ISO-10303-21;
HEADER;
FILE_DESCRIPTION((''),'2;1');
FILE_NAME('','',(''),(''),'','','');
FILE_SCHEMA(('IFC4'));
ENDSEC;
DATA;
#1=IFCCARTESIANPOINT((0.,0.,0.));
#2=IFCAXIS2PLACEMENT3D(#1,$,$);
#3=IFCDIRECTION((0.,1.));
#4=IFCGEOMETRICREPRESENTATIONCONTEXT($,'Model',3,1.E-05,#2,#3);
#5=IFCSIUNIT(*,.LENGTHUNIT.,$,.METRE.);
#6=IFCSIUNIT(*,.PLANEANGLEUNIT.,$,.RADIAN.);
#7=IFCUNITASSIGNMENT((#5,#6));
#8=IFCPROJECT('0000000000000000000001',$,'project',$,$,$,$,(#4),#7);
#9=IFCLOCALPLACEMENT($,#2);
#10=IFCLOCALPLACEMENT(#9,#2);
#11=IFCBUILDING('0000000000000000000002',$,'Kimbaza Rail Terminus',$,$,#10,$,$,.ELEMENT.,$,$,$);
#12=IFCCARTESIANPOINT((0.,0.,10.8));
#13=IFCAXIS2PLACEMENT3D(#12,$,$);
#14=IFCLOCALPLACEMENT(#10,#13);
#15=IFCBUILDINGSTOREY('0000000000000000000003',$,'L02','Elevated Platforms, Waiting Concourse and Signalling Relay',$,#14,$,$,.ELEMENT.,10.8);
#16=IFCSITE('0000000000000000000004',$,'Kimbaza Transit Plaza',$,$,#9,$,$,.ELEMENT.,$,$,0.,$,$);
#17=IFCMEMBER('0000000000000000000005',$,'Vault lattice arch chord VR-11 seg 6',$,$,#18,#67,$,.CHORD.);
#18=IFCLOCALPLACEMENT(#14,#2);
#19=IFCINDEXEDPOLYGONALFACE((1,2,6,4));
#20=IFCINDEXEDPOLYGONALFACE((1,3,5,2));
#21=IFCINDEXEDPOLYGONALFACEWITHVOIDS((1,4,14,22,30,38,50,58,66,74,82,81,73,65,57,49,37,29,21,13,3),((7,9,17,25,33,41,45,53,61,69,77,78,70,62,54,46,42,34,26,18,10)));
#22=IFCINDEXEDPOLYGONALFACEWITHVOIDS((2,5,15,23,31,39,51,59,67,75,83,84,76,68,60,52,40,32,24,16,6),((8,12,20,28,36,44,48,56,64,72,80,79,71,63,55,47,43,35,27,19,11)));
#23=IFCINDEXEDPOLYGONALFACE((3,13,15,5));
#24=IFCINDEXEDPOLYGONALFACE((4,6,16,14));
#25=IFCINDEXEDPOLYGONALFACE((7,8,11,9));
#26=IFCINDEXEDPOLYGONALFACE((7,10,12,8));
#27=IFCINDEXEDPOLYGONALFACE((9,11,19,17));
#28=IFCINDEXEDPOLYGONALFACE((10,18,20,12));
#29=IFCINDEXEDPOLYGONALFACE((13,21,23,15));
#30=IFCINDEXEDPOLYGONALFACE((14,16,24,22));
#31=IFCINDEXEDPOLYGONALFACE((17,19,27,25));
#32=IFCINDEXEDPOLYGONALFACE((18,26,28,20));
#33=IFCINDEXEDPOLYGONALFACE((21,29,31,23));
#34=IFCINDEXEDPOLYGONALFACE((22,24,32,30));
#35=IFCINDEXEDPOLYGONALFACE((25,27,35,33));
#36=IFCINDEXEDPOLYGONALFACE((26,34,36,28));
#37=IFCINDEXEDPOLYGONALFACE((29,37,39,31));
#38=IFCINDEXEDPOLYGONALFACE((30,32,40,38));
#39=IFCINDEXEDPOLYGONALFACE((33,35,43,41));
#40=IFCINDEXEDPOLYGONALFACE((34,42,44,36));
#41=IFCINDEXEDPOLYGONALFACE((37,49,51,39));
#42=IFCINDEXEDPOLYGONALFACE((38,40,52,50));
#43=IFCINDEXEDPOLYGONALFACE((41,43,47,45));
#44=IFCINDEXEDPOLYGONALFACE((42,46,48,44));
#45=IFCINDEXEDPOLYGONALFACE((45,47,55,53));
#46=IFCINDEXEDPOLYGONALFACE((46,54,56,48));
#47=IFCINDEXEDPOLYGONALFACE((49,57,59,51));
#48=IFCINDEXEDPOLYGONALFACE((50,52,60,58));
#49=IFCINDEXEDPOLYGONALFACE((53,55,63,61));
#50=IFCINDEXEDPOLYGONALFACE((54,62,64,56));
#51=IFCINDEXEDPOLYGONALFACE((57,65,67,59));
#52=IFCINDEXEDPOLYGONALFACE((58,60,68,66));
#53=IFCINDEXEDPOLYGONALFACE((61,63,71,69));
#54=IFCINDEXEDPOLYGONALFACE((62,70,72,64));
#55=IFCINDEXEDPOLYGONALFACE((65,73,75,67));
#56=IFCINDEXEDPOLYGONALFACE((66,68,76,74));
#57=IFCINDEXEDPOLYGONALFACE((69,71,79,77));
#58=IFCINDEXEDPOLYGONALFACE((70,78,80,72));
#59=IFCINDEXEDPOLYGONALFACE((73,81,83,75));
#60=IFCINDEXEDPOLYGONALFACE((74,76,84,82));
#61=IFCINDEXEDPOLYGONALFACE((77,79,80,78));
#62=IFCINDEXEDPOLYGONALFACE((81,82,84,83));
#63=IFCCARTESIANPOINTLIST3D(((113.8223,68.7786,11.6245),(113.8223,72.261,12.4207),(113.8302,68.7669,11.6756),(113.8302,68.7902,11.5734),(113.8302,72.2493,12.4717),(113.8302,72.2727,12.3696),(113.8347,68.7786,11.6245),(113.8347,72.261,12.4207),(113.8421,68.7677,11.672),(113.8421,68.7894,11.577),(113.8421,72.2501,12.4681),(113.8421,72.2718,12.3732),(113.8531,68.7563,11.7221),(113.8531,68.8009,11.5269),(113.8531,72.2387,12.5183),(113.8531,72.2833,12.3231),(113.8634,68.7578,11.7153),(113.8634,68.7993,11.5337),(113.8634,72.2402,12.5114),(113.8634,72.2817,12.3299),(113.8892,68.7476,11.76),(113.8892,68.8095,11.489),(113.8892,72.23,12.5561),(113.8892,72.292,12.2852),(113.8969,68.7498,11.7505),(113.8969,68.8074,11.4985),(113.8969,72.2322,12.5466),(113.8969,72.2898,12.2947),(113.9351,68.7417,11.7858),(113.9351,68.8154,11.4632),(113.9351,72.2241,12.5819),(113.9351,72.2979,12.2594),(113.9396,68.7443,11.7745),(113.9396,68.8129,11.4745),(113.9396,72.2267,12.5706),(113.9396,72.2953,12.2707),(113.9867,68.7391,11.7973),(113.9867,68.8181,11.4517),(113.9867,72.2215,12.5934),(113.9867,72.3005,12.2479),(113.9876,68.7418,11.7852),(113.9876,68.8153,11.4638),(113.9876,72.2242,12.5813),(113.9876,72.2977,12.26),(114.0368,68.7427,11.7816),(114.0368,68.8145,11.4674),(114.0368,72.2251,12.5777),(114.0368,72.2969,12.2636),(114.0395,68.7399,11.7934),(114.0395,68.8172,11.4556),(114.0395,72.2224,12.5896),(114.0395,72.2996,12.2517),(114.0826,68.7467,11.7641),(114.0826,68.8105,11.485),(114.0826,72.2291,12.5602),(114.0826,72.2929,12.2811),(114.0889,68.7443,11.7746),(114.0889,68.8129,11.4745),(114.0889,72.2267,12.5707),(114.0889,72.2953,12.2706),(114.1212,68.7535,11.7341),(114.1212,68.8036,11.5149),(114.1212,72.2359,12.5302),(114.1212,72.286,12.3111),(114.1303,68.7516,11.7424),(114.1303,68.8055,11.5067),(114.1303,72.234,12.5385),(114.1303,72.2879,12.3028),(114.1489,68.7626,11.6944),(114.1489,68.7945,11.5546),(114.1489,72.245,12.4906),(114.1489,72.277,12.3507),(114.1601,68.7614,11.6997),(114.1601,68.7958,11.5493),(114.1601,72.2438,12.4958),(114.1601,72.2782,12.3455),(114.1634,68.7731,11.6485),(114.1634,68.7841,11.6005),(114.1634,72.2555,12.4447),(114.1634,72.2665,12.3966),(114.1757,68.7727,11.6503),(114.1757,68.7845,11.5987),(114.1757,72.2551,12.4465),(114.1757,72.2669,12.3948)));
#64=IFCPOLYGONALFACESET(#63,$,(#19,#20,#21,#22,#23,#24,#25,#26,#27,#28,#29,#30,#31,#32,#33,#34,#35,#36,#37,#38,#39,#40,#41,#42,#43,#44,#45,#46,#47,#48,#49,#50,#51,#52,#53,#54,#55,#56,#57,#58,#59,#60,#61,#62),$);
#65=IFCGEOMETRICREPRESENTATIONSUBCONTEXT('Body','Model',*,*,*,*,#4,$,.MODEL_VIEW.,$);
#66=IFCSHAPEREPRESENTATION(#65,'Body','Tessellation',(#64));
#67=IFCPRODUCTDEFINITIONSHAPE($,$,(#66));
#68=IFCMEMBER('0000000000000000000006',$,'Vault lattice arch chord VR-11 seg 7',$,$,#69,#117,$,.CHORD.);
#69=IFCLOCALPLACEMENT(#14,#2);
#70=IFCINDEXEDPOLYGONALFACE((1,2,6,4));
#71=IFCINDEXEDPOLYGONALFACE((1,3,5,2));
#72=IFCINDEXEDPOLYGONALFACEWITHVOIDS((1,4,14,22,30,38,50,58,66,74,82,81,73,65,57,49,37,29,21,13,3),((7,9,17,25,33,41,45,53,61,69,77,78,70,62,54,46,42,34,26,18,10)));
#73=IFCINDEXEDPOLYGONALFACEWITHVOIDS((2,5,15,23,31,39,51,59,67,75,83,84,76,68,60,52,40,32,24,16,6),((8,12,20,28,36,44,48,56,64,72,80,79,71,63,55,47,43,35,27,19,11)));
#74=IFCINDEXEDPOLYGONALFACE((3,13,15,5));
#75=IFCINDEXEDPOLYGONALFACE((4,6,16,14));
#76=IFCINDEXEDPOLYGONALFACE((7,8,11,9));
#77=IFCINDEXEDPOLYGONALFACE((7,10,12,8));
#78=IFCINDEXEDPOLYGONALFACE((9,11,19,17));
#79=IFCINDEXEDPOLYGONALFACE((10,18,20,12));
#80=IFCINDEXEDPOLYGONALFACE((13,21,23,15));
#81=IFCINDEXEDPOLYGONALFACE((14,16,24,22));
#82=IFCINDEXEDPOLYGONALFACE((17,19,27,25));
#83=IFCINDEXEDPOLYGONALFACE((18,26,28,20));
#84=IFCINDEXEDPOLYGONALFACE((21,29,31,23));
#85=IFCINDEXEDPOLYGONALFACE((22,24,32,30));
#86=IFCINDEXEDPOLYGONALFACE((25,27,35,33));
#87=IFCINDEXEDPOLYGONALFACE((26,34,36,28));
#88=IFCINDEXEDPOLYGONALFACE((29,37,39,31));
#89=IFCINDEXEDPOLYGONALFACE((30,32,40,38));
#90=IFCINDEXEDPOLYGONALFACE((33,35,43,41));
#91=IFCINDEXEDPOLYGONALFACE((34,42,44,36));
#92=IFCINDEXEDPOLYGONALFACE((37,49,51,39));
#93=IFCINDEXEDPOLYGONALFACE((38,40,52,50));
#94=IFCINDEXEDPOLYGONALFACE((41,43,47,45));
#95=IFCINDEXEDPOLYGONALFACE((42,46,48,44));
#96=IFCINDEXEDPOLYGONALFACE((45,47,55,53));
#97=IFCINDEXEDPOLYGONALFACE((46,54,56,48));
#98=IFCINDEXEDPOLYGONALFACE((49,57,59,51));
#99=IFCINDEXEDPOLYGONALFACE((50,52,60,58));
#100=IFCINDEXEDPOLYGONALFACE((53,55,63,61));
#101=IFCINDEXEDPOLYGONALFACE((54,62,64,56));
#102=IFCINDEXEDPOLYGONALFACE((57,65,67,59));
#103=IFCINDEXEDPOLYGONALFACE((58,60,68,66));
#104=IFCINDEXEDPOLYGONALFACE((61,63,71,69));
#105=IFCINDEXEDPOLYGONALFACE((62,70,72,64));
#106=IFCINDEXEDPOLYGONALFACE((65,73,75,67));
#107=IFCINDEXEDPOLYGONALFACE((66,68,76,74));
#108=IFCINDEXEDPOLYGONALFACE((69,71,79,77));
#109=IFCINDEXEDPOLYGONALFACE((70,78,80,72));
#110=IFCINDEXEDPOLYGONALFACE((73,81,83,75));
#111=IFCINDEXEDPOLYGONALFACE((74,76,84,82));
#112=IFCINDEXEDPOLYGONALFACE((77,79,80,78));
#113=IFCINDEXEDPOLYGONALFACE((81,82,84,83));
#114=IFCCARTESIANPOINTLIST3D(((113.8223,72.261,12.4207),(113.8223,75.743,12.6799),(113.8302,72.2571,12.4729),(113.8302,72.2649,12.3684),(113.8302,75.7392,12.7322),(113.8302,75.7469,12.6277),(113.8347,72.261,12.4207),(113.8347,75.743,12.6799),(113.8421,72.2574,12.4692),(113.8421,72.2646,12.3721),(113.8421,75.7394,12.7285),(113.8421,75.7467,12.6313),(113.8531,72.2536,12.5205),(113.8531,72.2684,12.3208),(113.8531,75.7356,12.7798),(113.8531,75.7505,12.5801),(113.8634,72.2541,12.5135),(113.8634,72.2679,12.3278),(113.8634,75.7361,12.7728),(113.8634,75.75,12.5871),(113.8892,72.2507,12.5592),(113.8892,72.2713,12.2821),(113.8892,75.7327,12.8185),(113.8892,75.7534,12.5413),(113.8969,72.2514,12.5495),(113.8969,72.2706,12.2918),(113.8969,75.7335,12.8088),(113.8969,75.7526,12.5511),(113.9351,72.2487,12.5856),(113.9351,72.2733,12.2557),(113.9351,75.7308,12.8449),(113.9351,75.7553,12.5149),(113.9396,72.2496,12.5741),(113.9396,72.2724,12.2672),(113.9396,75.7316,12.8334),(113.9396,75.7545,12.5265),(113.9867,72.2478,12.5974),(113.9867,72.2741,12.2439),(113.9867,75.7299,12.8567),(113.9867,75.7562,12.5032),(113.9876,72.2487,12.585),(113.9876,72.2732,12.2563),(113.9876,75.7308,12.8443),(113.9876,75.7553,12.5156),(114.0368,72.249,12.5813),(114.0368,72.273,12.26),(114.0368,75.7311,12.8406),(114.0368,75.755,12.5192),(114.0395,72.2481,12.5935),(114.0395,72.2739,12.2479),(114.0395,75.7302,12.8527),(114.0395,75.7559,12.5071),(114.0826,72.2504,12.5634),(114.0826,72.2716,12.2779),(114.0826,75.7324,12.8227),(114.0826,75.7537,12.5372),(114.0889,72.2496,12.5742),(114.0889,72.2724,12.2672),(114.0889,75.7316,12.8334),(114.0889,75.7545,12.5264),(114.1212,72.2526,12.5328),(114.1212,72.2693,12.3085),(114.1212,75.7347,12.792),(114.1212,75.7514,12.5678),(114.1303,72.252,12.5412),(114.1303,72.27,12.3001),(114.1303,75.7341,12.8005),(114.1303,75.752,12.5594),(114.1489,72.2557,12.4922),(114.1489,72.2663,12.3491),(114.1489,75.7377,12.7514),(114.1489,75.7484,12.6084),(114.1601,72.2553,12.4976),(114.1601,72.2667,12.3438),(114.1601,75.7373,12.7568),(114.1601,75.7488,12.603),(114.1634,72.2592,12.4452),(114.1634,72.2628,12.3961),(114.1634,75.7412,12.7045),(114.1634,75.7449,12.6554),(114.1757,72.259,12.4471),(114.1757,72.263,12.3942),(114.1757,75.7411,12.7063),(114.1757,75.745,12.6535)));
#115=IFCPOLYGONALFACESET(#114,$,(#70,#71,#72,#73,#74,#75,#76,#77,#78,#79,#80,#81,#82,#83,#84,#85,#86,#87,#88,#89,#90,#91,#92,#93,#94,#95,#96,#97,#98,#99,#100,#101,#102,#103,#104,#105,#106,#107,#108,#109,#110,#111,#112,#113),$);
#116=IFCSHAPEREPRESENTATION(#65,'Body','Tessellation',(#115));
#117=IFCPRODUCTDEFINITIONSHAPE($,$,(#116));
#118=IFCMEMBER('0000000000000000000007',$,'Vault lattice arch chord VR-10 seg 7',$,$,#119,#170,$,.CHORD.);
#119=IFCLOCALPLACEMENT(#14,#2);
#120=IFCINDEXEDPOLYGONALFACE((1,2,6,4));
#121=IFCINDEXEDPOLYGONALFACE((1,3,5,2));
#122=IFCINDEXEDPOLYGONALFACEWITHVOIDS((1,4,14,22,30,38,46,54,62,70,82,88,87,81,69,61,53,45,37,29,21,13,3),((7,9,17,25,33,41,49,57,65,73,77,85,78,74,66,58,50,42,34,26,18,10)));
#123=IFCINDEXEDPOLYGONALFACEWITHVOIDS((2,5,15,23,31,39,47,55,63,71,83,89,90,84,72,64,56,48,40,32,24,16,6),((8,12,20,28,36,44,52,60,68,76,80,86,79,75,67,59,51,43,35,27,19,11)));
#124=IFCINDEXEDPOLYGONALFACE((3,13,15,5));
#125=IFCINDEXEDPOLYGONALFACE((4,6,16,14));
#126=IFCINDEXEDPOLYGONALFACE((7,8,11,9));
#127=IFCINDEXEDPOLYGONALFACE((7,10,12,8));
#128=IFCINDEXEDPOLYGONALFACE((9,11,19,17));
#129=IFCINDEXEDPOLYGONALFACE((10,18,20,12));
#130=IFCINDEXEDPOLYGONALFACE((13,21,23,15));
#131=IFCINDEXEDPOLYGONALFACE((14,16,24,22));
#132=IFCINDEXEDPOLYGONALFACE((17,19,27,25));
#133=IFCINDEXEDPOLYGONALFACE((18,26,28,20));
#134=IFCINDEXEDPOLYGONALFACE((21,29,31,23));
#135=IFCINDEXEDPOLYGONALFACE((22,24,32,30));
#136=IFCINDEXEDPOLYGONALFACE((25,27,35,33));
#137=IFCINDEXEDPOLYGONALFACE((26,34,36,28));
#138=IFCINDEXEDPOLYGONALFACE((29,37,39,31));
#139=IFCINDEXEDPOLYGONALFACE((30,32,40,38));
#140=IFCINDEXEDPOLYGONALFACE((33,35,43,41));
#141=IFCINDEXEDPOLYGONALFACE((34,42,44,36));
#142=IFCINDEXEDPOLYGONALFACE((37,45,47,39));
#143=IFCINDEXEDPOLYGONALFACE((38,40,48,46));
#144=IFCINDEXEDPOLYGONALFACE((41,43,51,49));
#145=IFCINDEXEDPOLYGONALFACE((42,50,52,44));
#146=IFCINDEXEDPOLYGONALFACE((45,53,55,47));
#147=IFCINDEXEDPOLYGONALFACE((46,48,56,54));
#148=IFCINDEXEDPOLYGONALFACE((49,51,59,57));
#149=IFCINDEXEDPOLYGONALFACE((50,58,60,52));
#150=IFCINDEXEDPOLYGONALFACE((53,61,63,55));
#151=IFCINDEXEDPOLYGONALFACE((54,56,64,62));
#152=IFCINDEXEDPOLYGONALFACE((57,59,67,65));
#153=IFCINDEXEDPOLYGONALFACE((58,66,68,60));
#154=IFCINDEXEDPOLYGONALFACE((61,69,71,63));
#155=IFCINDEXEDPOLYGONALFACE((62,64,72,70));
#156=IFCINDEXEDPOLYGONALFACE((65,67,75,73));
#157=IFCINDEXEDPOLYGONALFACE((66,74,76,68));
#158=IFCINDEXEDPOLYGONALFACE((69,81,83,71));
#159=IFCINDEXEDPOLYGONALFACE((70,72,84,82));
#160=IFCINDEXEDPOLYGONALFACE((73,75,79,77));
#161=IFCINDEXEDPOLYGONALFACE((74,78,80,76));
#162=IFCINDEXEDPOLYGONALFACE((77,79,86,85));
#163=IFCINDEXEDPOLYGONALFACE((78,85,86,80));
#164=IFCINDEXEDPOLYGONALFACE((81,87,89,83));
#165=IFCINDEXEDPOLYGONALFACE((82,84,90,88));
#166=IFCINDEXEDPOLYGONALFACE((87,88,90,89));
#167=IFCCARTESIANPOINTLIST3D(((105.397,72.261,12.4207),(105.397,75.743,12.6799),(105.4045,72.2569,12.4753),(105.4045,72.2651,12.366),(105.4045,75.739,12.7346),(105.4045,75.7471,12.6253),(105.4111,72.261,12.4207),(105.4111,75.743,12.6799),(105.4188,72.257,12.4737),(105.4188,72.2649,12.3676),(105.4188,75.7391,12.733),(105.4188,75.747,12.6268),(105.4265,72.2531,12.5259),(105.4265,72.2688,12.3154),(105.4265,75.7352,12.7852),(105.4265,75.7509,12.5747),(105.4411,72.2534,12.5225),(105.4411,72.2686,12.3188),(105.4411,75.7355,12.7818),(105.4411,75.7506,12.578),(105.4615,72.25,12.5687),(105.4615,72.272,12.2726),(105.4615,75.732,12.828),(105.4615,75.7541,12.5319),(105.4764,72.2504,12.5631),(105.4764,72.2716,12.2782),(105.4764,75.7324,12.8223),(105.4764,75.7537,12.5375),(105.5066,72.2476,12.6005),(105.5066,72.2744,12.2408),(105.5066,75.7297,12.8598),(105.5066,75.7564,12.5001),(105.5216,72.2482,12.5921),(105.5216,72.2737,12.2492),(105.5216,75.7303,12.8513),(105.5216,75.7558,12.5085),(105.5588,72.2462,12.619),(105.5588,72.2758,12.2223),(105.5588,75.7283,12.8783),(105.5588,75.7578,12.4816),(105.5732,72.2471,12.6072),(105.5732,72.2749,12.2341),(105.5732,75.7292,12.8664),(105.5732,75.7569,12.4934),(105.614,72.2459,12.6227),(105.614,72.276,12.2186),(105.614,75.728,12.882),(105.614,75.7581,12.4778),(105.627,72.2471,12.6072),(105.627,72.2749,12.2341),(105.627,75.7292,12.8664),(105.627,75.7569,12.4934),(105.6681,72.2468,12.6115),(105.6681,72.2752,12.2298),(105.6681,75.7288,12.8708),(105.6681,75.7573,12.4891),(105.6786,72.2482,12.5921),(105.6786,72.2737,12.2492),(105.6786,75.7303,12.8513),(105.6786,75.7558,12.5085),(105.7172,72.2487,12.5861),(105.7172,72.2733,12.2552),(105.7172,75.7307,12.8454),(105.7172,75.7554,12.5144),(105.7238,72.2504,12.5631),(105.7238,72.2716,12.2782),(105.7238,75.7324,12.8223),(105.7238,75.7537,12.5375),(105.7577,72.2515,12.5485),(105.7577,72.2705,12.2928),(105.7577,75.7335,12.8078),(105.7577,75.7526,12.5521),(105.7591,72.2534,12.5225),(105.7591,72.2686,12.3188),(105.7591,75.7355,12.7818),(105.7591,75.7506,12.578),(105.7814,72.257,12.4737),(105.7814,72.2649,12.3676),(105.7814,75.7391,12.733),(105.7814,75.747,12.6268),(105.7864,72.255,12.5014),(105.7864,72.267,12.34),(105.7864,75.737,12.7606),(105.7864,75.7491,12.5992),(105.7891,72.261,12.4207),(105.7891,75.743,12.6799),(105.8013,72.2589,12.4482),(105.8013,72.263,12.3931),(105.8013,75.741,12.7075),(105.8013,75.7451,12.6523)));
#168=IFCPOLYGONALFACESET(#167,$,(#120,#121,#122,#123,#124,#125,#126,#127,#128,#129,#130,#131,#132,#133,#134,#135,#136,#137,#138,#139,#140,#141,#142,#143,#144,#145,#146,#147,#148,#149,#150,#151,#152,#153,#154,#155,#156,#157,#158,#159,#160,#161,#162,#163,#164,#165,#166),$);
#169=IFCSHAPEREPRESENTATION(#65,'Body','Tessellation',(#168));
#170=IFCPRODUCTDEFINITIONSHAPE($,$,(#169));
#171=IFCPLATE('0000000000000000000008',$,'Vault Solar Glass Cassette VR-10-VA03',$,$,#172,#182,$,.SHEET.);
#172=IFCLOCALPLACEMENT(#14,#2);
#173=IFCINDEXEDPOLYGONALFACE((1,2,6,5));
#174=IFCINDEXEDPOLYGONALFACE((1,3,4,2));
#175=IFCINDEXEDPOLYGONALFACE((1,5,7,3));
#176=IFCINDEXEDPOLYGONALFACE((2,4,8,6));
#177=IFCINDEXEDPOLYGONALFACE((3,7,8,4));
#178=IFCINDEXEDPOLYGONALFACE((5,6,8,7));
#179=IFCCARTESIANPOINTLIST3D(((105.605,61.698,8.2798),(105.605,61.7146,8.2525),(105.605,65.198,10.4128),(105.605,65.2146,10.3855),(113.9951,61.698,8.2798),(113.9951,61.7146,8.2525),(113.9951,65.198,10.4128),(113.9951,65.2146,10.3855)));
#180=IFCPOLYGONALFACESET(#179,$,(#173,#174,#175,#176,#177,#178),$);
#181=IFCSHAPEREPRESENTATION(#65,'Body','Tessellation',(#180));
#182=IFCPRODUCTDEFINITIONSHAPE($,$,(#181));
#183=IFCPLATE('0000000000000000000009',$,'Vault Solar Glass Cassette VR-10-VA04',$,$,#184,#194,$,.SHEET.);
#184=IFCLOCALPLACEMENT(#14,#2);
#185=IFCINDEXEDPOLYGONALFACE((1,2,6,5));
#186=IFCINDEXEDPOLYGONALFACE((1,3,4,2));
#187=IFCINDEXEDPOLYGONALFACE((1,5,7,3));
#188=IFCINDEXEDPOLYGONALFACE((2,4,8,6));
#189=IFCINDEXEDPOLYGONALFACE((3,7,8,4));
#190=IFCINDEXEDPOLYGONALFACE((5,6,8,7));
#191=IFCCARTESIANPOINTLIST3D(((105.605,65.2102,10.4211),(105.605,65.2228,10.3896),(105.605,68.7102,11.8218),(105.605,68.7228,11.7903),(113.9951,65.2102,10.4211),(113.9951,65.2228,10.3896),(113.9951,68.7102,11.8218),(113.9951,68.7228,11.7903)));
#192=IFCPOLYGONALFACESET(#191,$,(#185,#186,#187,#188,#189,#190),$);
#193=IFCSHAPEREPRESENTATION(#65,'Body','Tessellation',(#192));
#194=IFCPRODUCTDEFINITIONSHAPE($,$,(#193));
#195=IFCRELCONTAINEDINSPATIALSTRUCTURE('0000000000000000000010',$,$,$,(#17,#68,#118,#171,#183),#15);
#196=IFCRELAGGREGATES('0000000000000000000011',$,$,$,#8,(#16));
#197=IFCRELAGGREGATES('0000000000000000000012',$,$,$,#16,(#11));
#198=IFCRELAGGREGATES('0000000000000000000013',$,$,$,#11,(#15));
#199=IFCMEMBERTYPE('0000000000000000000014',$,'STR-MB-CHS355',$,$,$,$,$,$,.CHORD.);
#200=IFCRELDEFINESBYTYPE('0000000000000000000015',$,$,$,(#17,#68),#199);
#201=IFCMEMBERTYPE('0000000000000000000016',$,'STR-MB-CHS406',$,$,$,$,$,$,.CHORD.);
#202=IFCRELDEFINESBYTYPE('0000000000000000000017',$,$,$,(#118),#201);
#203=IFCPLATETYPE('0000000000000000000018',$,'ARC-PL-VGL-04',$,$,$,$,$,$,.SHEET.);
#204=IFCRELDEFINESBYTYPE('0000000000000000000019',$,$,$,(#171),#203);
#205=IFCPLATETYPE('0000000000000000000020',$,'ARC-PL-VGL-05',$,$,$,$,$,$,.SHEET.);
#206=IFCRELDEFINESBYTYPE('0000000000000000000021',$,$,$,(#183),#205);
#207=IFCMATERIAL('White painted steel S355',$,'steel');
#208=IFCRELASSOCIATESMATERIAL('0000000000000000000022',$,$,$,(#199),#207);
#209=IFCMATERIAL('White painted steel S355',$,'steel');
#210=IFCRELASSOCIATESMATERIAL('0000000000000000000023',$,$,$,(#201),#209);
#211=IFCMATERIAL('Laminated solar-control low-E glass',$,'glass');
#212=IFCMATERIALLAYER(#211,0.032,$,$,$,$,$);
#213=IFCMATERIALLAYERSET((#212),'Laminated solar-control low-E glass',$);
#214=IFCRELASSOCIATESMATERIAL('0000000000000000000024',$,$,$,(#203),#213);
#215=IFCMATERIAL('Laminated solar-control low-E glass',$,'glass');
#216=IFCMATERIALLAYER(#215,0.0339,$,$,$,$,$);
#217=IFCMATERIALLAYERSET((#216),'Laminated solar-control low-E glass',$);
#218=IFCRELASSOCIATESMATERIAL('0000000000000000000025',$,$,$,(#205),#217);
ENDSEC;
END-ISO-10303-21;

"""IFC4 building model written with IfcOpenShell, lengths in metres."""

from ifc_helpers import new_model, si_unit, direction, frame, origin, origin_2d, place, context, subcontext, project, spatial, polyline, hollow_circle, outline, extrude, material, layer, layer_set, material_profile, profile_set, type_object, element, save


model = new_model("IFC4")

# Units and contexts
model_context = context("Model", 3, precision=1e-05, world=origin(), true_north=direction((0.0, 1.0)))
body_context = subcontext(model_context, "Body", "Model", "MODEL_VIEW")
ifc_project = project(units=[si_unit("LENGTHUNIT", "METRE"), si_unit("PLANEANGLEUNIT", "RADIAN")], contexts=[model_context])

# Site, building, storey
site_placement = place(None, origin())
site = spatial("IfcSite", under=ifc_project, at=site_placement, Name="Kimbaza Transit Plaza", CompositionType="ELEMENT", RefElevation=0.0)
building_placement = place(site_placement, origin())
building = spatial("IfcBuilding", under=site, at=building_placement, Name="Kimbaza Rail Terminus", CompositionType="ELEMENT")
storey_placement = place(building_placement, frame((0.0, 0.0, 10.8)))
storey = spatial("IfcBuildingStorey", under=building, at=storey_placement, Name="L02", Description="Elevated Platforms, Waiting Concourse and Signalling Relay", CompositionType="ELEMENT", Elevation=10.8)

# Members
ifc_material_1 = material(Name="White painted steel S355", Category="steel")
ifc_material_profile_1 = material_profile(ifc_material_1, hollow_circle(Radius=0.1777, WallThickness=0.0125, at=origin_2d()), Name="CHS 355.6x12.5")
ifc_profile_set_1 = profile_set([ifc_material_profile_1], Name="White painted steel S355")
member_type_1 = type_object("IfcMemberType", Name="STR-MB-CHS355", PredefinedType="CHORD", material=ifc_profile_set_1)
member_1_placement = place(storey_placement, frame((114.0, 68.7786, 11.6245), z_axis=(0.0, 0.974849, 0.222867), x_axis=(-1.0, 0.0, 0.0)))
element("IfcMember", 1, at=member_1_placement, inside=storey, type_object=member_type_1, Name="Vault lattice arch chord VR-11 seg 6", PredefinedType="CHORD", context=body_context, shape_type="SweptSolid", body=[
    extrude(hollow_circle(Radius=0.1777, WallThickness=0.0125, at=origin_2d()), origin(), (0.0, 0.0, 1.0), 3.5723),
])
member_2_placement = place(storey_placement, frame((114.0, 72.261, 12.4207), z_axis=(0.0, 0.997239, 0.074253), x_axis=(-1.0, 0.0, 0.0)))
element("IfcMember", 2, at=member_2_placement, inside=storey, type_object=member_type_1, Name="Vault lattice arch chord VR-11 seg 7", PredefinedType="CHORD", context=body_context, shape_type="SweptSolid", body=[
    extrude(hollow_circle(Radius=0.1777, WallThickness=0.0125, at=origin_2d()), origin(), (0.0, 0.0, 1.0), 3.4917),
])
ifc_material_2 = material(Name="White painted steel S355", Category="steel")
ifc_material_profile_2 = material_profile(ifc_material_2, hollow_circle(Radius=0.2031, WallThickness=0.0142, at=origin_2d()), Name="CHS 406.4x14.2")
ifc_profile_set_2 = profile_set([ifc_material_profile_2], Name="White painted steel S355")
member_type_2 = type_object("IfcMemberType", Name="STR-MB-CHS406", PredefinedType="CHORD", material=ifc_profile_set_2)
member_3_placement = place(storey_placement, frame((105.6001, 72.261, 12.4207), z_axis=(0.0, 0.997239, 0.074253), x_axis=(-1.0, 0.0, 0.0)))
element("IfcMember", 3, at=member_3_placement, inside=storey, type_object=member_type_2, Name="Vault lattice arch chord VR-10 seg 7", PredefinedType="CHORD", context=body_context, shape_type="SweptSolid", body=[
    extrude(hollow_circle(Radius=0.2031, WallThickness=0.0142, at=origin_2d()), origin(), (0.0, 0.0, 1.0), 3.4917),
])

# Plates
ifc_material_3 = material(Name="Laminated solar-control low-E glass", Category="glass")
ifc_layer_1 = layer(ifc_material_3, 0.032)
ifc_layer_set_1 = layer_set([ifc_layer_1], Name="Laminated solar-control low-E glass")
plate_type_1 = type_object("IfcPlateType", Name="ARC-PL-VGL-04", PredefinedType="SHEET", material=ifc_layer_set_1)
plate_1_placement = place(storey_placement, frame((105.605, 61.698, 8.2798), z_axis=(0.0, -0.520414, 0.853914), x_axis=(1.0, 0.0, 0.0)))
element("IfcPlate", 4, at=plate_1_placement, inside=storey, type_object=plate_type_1, Name="Vault Solar Glass Cassette VR-10-VA03", PredefinedType="SHEET", context=body_context, shape_type="SweptSolid", body=[
    extrude(outline(polyline([(0.0, 0.0), (8.3901, 0.0), (8.3901, 4.0988), (0.0, 4.0988), (0.0, 0.0)])), origin(), (0.0, 0.0, -1.0), 0.032),
])
ifc_material_4 = material(Name="Laminated solar-control low-E glass", Category="glass")
ifc_layer_2 = layer(ifc_material_4, 0.0339)
ifc_layer_set_2 = layer_set([ifc_layer_2], Name="Laminated solar-control low-E glass")
plate_type_2 = type_object("IfcPlateType", Name="ARC-PL-VGL-05", PredefinedType="SHEET", material=ifc_layer_set_2)
plate_2_placement = place(storey_placement, frame((105.605, 65.2102, 10.4211), z_axis=(0.0, -0.371536, 0.928419), x_axis=(1.0, 0.0, 0.0)))
element("IfcPlate", 5, at=plate_2_placement, inside=storey, type_object=plate_type_2, Name="Vault Solar Glass Cassette VR-10-VA04", PredefinedType="SHEET", context=body_context, shape_type="SweptSolid", body=[
    extrude(outline(polyline([(0.0, 0.0), (8.3901, 0.0), (8.3901, 3.7699), (0.0, 3.7699), (0.0, 0.0)])), origin(), (0.0, 0.0, -1.0), 0.0339),
])

save(model, "model.ifc")
